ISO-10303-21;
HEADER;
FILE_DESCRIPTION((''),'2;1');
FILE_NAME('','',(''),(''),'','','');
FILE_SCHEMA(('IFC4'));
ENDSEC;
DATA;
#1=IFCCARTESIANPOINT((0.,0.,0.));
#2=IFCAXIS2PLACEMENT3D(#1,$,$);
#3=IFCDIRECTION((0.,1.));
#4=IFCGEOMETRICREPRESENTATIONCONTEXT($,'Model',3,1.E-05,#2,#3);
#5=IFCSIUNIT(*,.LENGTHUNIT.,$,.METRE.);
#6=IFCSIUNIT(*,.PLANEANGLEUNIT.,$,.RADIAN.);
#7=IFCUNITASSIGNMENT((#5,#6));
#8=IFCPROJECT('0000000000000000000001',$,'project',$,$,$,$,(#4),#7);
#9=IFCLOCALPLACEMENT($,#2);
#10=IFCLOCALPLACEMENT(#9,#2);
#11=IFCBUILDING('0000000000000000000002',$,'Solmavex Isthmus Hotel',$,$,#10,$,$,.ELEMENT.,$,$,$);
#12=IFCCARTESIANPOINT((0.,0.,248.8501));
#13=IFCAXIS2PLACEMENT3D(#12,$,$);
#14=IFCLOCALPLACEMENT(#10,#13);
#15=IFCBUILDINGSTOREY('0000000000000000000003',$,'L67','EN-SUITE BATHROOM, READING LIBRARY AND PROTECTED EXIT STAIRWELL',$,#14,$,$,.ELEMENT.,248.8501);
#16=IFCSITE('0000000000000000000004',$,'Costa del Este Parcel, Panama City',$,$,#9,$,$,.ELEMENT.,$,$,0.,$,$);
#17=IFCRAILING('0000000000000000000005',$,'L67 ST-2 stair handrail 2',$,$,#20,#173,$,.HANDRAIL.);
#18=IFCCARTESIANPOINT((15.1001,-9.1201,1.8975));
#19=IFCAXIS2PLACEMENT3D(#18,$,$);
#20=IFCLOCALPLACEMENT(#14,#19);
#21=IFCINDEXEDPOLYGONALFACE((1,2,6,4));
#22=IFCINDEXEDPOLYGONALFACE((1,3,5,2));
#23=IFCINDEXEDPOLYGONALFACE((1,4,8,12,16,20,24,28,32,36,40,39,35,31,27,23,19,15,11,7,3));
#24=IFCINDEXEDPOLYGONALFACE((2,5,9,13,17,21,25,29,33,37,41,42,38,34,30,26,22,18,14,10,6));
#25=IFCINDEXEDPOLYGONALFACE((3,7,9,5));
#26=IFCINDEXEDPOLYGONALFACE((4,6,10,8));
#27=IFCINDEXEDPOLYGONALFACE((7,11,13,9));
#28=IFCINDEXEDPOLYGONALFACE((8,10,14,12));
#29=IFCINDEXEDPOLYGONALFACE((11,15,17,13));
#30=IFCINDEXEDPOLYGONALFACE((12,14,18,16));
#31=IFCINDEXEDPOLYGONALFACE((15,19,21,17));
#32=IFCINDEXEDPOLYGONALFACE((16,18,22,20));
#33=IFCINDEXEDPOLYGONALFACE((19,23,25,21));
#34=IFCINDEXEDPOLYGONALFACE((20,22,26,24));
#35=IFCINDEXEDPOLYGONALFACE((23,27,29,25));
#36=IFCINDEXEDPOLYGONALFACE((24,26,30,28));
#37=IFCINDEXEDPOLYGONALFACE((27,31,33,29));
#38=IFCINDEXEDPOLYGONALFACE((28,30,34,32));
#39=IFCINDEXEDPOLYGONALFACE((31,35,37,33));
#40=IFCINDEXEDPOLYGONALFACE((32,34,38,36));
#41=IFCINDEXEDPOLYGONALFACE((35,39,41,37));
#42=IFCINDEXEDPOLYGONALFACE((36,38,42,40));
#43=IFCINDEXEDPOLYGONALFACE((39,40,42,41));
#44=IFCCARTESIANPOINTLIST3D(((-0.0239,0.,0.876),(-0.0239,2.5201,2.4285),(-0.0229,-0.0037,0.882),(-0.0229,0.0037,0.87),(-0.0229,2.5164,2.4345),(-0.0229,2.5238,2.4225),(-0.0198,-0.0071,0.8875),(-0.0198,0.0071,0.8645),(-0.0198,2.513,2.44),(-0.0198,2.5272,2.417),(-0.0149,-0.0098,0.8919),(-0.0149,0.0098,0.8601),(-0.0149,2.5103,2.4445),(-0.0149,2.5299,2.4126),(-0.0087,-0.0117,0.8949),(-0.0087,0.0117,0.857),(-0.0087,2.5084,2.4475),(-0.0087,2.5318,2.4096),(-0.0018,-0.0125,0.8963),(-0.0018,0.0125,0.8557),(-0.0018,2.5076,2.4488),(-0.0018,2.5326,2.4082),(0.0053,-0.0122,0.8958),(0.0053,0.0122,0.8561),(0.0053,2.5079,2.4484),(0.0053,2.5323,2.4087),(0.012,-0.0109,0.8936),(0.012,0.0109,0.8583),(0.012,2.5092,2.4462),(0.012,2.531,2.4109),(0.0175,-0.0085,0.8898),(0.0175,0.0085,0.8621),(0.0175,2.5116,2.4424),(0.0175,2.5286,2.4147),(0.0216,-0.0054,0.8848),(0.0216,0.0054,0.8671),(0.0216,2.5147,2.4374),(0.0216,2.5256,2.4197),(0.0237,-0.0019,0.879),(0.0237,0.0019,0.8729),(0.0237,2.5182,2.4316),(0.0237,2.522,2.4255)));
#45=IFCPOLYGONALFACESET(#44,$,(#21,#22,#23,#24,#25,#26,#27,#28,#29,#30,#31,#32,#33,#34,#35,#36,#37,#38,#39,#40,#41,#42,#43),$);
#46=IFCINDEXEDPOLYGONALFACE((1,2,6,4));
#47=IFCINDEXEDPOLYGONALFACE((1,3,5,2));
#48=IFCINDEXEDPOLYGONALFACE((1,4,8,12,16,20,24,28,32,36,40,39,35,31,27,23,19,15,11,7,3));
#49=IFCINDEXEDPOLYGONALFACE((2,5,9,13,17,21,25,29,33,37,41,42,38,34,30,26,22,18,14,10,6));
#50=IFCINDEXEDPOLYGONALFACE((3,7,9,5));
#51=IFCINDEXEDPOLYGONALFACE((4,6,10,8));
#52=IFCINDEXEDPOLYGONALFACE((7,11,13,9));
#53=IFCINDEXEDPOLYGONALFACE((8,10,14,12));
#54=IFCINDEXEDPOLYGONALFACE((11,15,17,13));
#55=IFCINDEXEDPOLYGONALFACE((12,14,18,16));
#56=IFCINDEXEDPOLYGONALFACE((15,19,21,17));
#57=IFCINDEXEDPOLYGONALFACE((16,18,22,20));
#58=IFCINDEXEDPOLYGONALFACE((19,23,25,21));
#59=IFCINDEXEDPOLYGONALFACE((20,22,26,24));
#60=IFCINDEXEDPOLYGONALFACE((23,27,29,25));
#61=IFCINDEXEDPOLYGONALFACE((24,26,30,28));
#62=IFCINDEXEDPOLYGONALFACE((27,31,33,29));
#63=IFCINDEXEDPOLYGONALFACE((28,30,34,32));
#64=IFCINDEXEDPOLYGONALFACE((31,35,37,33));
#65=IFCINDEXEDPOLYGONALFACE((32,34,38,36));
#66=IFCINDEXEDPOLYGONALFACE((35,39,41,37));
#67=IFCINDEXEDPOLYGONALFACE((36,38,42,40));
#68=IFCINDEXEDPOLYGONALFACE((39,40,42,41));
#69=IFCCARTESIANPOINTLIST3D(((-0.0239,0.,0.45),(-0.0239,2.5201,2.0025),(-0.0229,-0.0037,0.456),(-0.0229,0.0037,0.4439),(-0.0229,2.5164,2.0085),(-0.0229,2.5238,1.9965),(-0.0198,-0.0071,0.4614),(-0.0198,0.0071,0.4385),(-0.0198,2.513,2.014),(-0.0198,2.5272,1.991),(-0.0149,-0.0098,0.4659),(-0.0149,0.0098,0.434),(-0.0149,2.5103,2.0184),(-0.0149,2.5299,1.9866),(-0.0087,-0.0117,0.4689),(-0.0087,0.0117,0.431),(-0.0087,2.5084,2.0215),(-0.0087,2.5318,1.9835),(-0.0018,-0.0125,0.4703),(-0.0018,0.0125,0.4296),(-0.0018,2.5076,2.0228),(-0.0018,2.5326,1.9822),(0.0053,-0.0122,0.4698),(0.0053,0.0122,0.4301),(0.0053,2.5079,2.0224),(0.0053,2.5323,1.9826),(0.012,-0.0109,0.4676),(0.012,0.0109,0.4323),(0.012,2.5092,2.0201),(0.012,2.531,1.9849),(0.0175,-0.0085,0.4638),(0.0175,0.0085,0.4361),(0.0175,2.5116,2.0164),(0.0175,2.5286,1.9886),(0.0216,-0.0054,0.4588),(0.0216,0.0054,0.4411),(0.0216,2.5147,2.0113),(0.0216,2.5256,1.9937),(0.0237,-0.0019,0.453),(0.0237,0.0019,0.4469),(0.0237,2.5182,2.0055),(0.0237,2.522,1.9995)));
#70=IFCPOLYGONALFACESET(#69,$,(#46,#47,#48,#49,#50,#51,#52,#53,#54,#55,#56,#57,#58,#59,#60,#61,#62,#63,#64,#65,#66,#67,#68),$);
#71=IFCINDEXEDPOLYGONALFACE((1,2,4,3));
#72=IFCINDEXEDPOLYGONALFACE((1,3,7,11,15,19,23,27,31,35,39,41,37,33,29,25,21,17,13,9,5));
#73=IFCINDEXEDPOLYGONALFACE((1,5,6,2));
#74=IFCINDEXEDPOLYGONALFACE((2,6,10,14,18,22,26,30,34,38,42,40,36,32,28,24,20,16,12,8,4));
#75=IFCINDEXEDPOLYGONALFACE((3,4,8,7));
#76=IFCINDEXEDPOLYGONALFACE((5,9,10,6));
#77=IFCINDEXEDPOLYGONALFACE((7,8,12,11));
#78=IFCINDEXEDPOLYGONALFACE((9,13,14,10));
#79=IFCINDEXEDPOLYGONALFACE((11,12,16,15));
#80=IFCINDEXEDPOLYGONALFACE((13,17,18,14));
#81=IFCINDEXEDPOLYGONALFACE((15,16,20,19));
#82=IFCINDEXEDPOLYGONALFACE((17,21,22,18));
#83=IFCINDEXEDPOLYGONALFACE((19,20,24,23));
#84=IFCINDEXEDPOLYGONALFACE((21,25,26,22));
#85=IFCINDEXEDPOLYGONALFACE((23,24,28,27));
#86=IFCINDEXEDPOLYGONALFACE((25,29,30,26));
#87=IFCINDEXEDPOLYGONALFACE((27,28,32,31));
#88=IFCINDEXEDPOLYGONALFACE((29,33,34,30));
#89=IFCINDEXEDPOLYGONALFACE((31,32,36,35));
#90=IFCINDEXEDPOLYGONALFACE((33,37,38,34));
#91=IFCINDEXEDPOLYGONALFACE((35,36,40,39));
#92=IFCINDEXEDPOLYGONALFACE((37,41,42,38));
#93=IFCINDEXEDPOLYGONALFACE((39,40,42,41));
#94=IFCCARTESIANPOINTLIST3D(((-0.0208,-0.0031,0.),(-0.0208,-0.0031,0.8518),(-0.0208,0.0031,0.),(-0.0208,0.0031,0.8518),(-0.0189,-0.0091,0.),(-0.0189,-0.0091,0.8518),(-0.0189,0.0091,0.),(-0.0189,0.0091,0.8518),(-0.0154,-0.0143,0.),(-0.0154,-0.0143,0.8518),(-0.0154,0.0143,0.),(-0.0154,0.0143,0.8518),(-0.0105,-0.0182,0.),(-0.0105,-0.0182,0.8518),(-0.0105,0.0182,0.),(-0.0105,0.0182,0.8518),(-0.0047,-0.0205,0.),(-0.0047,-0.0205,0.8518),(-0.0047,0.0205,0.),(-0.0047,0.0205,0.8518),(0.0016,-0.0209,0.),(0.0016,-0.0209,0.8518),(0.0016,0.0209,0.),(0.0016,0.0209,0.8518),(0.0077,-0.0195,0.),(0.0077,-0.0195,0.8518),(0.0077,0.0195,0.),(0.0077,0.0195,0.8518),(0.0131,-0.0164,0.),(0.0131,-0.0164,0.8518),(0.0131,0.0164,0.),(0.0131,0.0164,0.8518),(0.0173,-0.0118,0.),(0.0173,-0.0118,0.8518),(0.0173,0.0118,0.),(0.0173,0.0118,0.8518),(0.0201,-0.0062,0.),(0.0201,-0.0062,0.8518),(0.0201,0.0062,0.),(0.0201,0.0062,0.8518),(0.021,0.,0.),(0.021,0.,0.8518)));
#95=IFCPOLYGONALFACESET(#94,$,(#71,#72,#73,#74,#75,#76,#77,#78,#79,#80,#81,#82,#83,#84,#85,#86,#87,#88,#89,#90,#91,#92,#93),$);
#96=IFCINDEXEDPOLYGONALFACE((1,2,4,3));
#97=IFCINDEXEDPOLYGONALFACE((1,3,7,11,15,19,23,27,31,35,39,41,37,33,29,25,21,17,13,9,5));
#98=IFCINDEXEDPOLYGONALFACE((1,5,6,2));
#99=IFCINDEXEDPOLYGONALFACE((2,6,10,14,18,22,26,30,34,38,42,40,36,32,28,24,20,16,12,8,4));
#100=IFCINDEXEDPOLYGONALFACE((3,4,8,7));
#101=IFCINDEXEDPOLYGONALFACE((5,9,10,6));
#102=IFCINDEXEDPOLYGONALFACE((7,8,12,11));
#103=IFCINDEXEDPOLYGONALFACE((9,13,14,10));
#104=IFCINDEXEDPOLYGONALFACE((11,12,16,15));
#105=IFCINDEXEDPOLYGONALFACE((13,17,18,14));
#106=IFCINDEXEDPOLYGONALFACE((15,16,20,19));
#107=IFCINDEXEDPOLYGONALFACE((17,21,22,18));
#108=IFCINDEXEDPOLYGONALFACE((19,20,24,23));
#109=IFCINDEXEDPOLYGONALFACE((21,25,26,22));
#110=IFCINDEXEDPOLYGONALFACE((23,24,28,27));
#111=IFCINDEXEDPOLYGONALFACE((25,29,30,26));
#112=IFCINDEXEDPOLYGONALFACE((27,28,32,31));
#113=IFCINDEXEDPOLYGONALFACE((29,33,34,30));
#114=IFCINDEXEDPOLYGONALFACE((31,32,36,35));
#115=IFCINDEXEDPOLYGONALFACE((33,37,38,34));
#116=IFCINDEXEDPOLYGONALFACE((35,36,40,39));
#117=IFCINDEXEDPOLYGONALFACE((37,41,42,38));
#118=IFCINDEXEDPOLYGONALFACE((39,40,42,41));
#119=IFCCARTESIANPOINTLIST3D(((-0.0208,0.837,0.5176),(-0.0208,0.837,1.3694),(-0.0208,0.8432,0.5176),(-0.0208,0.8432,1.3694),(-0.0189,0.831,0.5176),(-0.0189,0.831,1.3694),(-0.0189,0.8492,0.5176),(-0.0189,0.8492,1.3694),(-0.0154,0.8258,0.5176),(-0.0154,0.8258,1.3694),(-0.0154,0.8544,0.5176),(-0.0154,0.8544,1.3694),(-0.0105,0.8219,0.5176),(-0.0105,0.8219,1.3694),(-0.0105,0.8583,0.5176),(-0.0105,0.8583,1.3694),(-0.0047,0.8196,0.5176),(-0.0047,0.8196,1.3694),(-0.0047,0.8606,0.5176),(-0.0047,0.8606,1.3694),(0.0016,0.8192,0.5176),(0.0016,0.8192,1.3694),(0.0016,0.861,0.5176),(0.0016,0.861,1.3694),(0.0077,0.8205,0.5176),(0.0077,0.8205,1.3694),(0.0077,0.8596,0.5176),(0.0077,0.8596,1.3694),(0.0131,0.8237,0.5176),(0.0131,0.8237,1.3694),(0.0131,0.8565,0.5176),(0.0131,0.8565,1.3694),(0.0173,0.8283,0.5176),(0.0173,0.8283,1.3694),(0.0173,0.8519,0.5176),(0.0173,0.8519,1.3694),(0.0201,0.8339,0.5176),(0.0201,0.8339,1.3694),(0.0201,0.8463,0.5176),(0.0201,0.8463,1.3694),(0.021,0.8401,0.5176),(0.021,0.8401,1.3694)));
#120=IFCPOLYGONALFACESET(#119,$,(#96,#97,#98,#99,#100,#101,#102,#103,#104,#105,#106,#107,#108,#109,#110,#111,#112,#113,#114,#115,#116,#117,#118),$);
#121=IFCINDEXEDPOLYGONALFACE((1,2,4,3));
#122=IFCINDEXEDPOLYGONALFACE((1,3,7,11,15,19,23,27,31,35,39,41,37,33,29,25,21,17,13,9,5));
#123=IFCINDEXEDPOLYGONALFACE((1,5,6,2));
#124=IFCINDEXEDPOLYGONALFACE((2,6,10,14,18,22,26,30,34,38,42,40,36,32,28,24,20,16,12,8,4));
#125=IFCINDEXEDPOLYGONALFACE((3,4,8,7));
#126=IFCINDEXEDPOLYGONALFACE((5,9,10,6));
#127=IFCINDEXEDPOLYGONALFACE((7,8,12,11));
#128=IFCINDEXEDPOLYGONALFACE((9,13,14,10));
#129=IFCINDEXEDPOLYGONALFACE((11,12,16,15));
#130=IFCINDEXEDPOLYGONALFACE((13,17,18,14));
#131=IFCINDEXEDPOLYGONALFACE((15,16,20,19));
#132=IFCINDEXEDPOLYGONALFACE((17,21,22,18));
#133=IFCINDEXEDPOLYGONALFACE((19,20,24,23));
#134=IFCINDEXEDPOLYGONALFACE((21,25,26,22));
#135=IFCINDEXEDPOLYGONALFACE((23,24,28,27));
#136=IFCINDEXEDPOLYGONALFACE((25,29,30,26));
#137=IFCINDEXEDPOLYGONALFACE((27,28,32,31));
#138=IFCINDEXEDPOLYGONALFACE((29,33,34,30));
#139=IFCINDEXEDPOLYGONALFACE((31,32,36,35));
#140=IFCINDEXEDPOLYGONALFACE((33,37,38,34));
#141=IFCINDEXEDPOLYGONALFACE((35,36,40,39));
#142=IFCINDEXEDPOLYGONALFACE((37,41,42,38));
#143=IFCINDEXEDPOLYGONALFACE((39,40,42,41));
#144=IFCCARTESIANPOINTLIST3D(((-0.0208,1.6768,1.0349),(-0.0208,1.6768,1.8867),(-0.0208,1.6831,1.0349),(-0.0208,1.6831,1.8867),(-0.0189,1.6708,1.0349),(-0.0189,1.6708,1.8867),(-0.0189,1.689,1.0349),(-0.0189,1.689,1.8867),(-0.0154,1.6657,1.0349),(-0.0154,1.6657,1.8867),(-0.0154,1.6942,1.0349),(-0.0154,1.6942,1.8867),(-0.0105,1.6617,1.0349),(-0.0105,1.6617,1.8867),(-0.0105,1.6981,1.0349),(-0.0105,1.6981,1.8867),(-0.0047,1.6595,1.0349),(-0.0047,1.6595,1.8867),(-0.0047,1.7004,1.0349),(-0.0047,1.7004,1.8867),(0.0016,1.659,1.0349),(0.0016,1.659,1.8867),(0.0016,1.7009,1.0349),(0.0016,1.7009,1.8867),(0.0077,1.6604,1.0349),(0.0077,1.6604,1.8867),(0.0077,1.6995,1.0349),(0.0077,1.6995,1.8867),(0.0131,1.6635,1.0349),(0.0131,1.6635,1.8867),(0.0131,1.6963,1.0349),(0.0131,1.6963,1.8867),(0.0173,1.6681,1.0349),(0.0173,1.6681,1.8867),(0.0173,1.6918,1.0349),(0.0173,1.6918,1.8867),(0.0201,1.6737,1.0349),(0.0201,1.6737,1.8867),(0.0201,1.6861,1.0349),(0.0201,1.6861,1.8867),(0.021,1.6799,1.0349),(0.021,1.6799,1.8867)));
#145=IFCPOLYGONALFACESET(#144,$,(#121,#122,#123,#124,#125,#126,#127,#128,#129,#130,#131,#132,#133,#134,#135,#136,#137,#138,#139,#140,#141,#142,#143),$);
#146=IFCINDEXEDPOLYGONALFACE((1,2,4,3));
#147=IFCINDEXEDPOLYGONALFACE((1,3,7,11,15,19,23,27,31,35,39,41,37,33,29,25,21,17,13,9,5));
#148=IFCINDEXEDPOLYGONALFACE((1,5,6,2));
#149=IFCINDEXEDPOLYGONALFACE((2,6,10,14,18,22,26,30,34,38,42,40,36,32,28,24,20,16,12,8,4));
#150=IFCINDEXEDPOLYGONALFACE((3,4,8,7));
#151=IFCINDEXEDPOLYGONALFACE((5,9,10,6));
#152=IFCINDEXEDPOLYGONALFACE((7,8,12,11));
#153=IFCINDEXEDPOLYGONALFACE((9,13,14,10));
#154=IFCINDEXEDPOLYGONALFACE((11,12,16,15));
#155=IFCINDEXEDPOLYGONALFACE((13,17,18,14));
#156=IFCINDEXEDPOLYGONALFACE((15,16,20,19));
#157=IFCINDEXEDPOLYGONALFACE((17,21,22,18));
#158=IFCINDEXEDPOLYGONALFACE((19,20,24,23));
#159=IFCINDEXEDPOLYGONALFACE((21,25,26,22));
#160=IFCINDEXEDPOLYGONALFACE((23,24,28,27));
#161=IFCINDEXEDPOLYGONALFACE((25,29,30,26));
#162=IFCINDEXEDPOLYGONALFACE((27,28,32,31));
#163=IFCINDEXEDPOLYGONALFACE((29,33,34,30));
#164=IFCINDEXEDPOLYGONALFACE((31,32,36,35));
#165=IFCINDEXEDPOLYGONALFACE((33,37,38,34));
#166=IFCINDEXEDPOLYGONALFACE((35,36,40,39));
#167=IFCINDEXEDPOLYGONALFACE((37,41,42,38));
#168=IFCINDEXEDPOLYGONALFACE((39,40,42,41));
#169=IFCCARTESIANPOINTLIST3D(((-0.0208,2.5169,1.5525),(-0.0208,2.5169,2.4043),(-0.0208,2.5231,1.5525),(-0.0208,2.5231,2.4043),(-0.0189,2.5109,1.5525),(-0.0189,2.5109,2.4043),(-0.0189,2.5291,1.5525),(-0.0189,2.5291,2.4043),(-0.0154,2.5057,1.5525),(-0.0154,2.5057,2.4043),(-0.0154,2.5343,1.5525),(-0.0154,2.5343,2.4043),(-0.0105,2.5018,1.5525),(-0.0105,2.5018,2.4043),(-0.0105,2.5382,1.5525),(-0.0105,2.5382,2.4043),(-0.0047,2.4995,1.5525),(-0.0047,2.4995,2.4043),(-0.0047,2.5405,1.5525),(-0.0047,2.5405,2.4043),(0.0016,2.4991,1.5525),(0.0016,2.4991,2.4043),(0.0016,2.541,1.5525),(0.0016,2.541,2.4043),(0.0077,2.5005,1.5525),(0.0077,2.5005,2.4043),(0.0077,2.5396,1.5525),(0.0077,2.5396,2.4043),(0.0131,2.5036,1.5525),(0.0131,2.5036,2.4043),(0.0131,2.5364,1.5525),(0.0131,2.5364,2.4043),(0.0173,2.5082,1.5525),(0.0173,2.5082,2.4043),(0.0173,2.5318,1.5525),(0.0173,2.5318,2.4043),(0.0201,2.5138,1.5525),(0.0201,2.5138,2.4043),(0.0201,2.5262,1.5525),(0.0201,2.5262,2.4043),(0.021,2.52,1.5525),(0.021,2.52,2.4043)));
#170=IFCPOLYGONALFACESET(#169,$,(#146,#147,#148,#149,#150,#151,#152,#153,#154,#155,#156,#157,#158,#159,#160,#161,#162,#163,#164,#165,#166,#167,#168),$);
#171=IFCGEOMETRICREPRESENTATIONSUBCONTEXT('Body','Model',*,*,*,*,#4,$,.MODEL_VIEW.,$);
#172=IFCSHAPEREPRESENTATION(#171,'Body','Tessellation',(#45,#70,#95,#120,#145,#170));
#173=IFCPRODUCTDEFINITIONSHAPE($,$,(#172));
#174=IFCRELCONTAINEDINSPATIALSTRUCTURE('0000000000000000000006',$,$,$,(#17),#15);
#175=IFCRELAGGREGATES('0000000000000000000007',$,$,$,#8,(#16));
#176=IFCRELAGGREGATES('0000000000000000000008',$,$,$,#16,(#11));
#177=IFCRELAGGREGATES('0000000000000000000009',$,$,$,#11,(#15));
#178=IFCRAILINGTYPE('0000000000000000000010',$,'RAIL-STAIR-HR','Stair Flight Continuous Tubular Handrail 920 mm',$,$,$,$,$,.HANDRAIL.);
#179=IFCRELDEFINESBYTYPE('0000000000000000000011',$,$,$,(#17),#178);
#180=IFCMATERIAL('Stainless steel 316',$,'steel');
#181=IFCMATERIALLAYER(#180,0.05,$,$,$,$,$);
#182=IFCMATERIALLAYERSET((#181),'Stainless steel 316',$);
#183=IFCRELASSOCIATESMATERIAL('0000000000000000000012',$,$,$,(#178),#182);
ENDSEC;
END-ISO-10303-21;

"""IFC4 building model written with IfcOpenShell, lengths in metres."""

from ifc_helpers import new_model, si_unit, direction, frame, origin, origin_2d, place, context, subcontext, project, spatial, circle, extrude, material, layer, layer_set, type_object, element, save


model = new_model("IFC4")

# Units and contexts
model_context = context("Model", 3, precision=1e-05, world=origin(), true_north=direction((0.0, 1.0)))
body_context = subcontext(model_context, "Body", "Model", "MODEL_VIEW")
ifc_project = project(units=[si_unit("LENGTHUNIT", "METRE"), si_unit("PLANEANGLEUNIT", "RADIAN")], contexts=[model_context])

# Site, building, storey
site_placement = place(None, origin())
site = spatial("IfcSite", under=ifc_project, at=site_placement, Name="Costa del Este Parcel, Panama City", CompositionType="ELEMENT", RefElevation=0.0)
building_placement = place(site_placement, origin())
building = spatial("IfcBuilding", under=site, at=building_placement, Name="Solmavex Isthmus Hotel", CompositionType="ELEMENT")
storey_placement = place(building_placement, frame((0.0, 0.0, 248.8501)))
storey = spatial("IfcBuildingStorey", under=building, at=storey_placement, Name="L67", Description="EN-SUITE BATHROOM, READING LIBRARY AND PROTECTED EXIT STAIRWELL", CompositionType="ELEMENT", Elevation=248.8501)

# Railing
ifc_material_1 = material(Name="Stainless steel 316", Category="steel")
ifc_layer_1 = layer(ifc_material_1, 0.05)
ifc_layer_set_1 = layer_set([ifc_layer_1], Name="Stainless steel 316")
railing_type = type_object("IfcRailingType", Name="RAIL-STAIR-HR", Description="Stair Flight Continuous Tubular Handrail 920 mm", PredefinedType="HANDRAIL", material=ifc_layer_set_1)
railing_placement = place(storey_placement, frame((15.1001, -9.1201, 1.8975)))
element("IfcRailing", 1, at=railing_placement, inside=storey, type_object=railing_type, Name="L67 ST-2 stair handrail 2", PredefinedType="HANDRAIL", context=body_context, shape_type="SweptSolid", body=[
    extrude(circle(Radius=0.0239, at=origin_2d()), frame((0.0, 0.0, 0.876), z_axis=(0.0, 0.8514, 0.524516), x_axis=(-1.0, 0.0, 0.0)), (0.0, 0.0, 1.0), 2.96),
    extrude(circle(Radius=0.0239, at=origin_2d()), frame((0.0, 0.0, 0.45), z_axis=(0.0, 0.8514, 0.524516), x_axis=(-1.0, 0.0, 0.0)), (0.0, 0.0, 1.0), 2.96),
    extrude(circle(Radius=0.021, at=origin_2d()), origin(), (0.0, 0.0, 1.0), 0.8518),
    extrude(circle(Radius=0.021, at=origin_2d()), frame((0.0, 0.8401, 0.5176)), (0.0, 0.0, 1.0), 0.8518),
    extrude(circle(Radius=0.021, at=origin_2d()), frame((0.0, 1.6799, 1.0349)), (0.0, 0.0, 1.0), 0.8518),
    extrude(circle(Radius=0.021, at=origin_2d()), frame((0.0, 2.52, 1.5525)), (0.0, 0.0, 1.0), 0.8518),
])

save(model, "model.ifc")
